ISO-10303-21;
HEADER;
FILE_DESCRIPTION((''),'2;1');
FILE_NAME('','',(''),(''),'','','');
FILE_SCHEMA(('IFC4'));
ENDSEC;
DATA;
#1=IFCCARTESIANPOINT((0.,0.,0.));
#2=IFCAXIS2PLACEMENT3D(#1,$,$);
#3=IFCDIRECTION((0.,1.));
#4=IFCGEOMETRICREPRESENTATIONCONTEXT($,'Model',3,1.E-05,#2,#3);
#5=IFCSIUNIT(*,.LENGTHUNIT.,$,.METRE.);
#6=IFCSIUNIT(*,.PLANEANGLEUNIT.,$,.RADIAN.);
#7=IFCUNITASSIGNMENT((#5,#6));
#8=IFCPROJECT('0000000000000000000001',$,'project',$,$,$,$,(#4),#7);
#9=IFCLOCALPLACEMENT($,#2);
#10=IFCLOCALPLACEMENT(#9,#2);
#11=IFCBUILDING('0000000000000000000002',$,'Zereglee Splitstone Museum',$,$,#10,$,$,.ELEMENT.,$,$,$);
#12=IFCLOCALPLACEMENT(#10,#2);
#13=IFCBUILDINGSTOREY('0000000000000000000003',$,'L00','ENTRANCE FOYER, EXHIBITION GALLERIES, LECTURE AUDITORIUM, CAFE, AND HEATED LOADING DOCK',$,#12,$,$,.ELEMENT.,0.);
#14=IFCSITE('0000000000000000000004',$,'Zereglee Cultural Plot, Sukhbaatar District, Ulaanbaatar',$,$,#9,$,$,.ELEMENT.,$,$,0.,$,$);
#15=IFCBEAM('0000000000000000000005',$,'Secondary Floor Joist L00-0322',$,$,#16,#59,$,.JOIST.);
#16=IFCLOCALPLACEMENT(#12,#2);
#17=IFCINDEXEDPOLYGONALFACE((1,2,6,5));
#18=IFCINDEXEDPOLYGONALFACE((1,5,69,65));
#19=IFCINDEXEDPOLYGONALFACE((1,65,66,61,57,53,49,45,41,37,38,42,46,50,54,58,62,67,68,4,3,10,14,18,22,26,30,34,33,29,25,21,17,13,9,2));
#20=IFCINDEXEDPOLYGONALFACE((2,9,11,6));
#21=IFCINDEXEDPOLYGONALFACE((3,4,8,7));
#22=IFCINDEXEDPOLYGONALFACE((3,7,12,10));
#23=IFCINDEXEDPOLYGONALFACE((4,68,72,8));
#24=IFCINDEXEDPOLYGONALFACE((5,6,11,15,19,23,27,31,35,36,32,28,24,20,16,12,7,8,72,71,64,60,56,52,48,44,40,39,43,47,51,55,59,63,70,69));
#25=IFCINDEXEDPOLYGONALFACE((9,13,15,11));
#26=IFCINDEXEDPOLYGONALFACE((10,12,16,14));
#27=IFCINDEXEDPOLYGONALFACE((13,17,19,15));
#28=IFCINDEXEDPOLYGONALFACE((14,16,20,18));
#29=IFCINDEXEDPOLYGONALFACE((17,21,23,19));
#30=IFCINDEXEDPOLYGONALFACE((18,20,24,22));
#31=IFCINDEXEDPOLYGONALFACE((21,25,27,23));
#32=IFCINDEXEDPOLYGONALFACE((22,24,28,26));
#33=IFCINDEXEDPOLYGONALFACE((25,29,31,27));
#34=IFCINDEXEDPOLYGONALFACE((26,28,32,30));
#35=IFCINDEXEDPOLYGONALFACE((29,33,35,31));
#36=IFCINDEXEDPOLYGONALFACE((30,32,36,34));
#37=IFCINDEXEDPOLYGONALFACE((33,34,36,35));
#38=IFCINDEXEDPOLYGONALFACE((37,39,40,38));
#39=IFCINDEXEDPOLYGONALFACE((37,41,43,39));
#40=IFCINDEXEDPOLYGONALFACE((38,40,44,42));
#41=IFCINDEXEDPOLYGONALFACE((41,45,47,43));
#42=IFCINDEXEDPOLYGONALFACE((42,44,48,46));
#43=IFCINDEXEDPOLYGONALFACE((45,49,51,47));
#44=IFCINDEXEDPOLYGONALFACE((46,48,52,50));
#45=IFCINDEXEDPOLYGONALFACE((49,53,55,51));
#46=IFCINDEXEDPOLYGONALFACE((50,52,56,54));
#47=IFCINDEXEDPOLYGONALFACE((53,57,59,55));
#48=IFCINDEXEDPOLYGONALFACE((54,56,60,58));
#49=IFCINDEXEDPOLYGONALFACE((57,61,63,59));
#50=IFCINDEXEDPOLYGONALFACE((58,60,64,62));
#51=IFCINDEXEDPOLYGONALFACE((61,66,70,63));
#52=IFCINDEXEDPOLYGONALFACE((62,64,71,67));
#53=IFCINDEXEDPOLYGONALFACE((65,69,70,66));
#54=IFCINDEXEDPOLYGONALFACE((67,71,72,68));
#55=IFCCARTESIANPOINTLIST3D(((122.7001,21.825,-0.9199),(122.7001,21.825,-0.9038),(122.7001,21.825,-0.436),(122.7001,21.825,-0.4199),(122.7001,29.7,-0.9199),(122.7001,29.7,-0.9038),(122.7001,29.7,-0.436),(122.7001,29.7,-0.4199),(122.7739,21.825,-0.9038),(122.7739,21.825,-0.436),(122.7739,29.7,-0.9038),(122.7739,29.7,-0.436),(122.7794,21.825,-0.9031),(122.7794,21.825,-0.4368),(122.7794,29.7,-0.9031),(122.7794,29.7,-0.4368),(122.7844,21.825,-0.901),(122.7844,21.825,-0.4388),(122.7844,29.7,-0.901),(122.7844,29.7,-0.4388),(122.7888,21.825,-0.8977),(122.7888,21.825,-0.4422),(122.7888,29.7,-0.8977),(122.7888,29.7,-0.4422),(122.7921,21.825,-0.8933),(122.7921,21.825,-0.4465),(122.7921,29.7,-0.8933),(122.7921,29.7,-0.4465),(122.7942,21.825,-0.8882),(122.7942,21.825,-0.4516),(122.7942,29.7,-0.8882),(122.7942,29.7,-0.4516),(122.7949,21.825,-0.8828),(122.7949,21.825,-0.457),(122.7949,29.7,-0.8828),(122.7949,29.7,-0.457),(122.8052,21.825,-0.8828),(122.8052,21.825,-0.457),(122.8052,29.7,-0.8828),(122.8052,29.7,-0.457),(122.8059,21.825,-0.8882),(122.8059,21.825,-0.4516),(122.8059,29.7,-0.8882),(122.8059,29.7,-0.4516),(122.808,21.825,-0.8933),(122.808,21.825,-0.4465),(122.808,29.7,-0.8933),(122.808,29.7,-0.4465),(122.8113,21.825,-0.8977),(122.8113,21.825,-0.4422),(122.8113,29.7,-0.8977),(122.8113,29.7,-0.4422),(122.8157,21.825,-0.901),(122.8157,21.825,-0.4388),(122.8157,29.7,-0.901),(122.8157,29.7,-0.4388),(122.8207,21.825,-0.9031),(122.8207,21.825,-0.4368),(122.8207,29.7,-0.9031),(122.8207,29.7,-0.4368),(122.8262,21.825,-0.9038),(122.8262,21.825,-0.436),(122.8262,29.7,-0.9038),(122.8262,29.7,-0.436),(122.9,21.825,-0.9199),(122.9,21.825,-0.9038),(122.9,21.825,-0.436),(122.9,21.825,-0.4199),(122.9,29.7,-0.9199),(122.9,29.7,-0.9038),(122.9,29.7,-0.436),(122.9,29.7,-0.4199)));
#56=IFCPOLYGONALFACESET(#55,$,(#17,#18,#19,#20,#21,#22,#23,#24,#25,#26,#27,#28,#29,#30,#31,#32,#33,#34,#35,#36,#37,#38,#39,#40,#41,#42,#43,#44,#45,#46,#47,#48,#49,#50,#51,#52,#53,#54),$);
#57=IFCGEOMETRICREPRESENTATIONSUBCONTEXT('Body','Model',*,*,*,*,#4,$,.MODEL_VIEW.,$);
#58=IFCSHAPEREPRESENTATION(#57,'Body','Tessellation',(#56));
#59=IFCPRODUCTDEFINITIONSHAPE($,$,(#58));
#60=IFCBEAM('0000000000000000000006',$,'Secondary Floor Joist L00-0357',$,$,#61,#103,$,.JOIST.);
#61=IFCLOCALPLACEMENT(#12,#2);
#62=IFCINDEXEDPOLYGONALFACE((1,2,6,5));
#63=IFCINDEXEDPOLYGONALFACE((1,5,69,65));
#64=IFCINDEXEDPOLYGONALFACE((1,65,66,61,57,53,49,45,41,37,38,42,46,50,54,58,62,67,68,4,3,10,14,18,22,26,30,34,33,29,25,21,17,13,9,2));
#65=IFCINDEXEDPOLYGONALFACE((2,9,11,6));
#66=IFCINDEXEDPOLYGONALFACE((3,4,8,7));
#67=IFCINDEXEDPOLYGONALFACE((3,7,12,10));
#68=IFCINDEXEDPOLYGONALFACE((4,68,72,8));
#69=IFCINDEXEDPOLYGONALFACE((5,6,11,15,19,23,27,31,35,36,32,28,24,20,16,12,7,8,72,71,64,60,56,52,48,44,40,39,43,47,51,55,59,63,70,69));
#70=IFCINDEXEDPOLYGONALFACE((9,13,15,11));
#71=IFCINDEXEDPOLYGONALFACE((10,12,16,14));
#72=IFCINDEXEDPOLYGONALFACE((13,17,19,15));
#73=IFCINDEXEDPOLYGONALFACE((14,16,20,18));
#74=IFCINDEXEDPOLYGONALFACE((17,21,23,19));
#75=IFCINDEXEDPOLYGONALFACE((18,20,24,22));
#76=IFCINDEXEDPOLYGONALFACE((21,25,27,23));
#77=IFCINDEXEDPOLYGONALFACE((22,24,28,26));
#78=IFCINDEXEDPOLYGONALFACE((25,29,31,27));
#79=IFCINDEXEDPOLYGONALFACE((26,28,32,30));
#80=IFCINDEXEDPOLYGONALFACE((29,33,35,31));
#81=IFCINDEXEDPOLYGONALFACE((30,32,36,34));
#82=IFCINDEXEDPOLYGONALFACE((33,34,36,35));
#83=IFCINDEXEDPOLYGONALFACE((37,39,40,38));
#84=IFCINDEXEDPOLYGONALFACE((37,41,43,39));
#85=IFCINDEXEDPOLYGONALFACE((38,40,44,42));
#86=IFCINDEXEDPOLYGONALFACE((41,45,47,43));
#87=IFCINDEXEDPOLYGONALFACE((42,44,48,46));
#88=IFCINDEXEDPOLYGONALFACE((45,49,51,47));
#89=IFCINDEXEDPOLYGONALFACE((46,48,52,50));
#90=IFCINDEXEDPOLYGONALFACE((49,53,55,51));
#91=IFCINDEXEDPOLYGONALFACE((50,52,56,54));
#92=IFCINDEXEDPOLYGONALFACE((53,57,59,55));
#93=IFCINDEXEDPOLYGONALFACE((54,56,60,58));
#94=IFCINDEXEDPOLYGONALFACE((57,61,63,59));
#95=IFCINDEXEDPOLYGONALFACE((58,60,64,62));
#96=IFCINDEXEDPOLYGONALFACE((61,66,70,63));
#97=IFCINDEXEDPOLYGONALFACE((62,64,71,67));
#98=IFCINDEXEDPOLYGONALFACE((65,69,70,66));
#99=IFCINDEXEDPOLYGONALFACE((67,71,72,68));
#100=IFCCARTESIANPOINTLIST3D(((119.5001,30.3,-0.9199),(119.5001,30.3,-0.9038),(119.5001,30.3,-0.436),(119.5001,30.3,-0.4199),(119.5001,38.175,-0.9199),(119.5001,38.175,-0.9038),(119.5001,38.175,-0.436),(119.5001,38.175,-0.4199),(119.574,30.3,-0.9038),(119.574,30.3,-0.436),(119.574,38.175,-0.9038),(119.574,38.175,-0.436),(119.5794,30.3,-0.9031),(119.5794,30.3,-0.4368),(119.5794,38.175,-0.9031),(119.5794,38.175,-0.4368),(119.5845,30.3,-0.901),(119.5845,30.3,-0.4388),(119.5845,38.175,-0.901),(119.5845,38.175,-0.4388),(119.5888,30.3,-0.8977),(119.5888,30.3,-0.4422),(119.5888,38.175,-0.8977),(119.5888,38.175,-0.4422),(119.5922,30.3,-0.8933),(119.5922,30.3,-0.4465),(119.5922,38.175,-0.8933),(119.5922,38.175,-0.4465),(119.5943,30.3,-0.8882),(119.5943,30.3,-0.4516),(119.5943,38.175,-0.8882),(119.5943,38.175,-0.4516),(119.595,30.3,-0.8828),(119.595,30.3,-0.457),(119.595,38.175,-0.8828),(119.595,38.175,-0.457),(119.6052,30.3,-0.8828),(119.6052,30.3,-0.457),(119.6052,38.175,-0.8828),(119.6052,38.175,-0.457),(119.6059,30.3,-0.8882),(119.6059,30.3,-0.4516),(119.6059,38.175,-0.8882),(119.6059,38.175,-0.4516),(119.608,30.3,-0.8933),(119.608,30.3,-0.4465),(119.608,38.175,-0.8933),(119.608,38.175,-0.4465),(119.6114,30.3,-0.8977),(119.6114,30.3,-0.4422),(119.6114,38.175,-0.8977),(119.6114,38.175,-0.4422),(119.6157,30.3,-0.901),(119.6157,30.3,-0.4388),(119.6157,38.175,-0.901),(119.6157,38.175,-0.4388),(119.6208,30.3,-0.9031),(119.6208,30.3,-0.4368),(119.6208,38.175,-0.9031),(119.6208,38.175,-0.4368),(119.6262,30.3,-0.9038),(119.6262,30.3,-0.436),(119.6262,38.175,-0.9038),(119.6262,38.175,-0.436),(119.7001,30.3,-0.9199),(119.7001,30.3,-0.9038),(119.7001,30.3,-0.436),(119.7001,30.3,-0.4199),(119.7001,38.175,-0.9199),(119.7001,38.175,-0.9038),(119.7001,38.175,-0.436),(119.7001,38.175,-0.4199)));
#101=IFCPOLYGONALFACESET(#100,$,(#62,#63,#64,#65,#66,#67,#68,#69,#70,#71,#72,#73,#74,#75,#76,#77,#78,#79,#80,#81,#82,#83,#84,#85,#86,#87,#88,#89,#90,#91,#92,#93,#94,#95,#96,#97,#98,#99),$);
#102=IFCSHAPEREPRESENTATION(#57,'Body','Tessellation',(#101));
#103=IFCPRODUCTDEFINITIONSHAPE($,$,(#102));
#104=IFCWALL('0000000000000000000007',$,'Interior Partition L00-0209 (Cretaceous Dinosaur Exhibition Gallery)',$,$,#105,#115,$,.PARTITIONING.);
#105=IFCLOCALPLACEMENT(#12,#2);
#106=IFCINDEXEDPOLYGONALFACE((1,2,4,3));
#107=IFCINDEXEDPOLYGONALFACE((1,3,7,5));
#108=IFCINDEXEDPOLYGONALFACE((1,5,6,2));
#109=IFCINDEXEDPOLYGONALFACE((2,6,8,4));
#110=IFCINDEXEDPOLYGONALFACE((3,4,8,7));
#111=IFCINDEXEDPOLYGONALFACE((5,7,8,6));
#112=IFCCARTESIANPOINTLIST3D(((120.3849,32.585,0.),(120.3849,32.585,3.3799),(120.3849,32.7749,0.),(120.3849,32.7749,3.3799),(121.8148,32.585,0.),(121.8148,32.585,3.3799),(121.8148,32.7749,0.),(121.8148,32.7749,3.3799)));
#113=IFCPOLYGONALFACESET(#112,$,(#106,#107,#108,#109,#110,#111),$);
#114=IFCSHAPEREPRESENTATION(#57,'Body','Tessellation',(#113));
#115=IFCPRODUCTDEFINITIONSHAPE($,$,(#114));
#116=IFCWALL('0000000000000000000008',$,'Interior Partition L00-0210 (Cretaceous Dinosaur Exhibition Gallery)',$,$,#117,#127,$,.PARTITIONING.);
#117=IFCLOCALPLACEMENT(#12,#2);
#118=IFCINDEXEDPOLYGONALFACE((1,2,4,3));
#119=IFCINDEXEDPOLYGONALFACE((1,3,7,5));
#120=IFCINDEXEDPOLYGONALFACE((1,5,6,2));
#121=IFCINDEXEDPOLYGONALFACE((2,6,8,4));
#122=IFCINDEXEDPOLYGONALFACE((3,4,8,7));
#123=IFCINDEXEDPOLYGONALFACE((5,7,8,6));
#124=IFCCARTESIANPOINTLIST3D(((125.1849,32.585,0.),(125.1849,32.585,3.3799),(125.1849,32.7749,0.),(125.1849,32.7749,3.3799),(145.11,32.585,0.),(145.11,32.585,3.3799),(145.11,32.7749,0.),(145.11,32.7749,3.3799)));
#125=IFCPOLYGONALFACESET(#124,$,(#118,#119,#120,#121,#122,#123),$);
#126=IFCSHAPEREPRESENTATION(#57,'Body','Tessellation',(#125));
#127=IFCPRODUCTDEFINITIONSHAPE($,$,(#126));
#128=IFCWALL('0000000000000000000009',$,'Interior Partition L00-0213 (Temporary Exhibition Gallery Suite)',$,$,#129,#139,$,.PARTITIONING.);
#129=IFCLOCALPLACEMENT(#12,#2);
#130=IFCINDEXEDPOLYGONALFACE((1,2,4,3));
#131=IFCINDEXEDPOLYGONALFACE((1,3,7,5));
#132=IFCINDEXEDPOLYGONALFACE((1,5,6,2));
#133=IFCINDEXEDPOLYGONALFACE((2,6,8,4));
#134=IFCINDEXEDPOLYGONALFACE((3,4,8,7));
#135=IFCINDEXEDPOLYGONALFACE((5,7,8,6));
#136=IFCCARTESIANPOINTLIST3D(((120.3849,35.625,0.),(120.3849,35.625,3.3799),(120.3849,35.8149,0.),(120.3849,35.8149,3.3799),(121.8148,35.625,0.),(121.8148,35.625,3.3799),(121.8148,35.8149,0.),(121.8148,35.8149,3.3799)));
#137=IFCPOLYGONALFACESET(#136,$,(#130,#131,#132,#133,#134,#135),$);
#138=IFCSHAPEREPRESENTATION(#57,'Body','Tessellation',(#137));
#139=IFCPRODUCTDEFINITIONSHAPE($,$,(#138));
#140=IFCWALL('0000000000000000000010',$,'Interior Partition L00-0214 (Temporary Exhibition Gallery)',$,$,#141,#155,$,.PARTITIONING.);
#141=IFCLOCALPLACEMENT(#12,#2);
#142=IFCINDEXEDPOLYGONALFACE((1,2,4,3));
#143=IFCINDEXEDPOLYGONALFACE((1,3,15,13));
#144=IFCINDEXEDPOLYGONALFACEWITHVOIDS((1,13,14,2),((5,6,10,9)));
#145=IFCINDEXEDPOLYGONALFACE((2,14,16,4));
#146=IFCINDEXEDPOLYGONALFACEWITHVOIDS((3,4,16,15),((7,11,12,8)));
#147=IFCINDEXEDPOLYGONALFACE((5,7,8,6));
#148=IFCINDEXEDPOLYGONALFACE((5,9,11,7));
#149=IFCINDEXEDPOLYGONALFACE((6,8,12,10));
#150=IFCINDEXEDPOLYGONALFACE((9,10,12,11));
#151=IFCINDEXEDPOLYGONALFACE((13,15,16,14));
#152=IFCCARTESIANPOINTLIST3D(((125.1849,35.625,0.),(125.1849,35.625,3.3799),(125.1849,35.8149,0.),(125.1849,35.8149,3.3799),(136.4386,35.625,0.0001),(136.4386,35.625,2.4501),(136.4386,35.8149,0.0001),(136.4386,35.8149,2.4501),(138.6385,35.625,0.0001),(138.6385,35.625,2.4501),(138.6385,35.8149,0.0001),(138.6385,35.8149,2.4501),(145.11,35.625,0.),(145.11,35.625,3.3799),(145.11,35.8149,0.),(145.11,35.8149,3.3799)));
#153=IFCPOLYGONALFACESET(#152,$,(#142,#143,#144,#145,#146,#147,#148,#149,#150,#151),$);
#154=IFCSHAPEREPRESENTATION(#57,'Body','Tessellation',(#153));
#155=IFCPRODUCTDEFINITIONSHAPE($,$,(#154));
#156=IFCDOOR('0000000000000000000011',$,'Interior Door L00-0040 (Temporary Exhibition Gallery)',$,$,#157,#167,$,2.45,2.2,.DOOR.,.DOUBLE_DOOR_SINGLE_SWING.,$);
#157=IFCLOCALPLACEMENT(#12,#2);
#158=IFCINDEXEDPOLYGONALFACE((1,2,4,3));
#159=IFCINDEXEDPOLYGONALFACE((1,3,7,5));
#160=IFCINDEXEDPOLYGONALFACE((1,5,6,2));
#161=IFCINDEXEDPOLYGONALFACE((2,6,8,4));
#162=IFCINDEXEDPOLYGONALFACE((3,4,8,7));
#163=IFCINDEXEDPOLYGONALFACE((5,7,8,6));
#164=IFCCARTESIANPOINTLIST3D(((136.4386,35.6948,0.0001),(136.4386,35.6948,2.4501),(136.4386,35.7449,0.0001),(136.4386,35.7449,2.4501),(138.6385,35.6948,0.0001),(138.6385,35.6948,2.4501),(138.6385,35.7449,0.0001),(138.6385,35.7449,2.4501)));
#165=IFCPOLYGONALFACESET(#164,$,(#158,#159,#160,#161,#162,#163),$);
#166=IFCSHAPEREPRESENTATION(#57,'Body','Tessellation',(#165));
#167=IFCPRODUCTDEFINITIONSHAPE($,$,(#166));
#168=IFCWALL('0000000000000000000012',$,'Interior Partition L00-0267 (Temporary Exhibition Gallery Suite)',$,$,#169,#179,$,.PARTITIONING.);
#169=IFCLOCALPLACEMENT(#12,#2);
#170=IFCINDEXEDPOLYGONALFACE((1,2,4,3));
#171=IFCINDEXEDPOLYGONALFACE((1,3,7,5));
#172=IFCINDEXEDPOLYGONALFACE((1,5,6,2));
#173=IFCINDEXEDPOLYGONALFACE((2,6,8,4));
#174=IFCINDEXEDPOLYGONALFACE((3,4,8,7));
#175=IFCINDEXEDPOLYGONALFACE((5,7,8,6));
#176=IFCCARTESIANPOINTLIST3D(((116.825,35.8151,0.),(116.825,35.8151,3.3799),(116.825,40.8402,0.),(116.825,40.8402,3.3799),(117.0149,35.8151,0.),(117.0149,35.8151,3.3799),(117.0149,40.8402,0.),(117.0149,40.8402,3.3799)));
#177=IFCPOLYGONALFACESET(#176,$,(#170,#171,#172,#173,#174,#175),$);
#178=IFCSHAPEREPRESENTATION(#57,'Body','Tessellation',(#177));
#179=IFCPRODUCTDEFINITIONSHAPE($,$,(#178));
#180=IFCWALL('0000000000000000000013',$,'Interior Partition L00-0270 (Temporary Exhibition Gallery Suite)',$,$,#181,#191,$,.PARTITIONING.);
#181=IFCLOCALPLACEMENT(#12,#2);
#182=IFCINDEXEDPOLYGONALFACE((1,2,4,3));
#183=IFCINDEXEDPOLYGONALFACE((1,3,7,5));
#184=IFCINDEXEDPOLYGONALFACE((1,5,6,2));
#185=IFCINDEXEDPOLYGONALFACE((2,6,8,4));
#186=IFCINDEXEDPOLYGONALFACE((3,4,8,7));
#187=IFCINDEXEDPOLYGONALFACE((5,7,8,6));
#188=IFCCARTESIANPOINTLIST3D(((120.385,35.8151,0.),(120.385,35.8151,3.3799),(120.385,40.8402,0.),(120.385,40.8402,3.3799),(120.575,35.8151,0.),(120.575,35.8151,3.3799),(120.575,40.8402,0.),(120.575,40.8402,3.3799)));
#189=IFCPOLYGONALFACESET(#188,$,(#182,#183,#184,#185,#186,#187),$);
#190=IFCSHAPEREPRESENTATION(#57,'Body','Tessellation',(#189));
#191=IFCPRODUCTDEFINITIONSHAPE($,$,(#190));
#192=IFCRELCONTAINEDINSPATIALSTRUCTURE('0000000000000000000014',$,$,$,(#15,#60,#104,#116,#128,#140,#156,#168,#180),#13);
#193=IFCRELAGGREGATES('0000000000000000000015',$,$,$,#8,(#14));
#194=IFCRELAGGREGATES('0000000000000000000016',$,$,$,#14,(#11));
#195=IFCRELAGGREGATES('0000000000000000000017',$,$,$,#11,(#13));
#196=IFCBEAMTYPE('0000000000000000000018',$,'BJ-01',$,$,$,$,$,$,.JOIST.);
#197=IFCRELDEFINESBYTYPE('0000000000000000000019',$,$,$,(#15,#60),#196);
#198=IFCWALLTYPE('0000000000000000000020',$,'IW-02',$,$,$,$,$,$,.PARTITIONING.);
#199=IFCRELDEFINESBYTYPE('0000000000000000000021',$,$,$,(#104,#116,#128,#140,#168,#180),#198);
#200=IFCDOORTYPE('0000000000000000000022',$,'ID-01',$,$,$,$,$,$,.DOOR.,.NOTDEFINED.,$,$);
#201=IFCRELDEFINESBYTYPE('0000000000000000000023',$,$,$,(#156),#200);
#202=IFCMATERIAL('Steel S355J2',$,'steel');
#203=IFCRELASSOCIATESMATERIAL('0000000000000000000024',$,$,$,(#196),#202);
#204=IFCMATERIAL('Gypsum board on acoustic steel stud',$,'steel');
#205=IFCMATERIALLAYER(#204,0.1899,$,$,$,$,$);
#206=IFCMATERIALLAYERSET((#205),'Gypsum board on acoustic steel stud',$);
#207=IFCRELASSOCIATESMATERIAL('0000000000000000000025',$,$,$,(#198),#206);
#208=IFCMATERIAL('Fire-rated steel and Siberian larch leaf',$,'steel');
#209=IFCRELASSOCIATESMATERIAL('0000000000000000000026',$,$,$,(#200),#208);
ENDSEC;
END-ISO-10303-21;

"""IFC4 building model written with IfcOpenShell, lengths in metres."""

from ifc_helpers import new_model, si_unit, direction, frame, frame_2d, origin, origin_2d, place, context, subcontext, project, spatial, rectangle, i_section, extrude, material, layer, layer_set, material_profile, profile_set, type_object, element, fill, save


model = new_model("IFC4")

# Units and contexts
model_context = context("Model", 3, precision=1e-05, world=origin(), true_north=direction((0.0, 1.0)))
body_context = subcontext(model_context, "Body", "Model", "MODEL_VIEW")
ifc_project = project(units=[si_unit("LENGTHUNIT", "METRE"), si_unit("PLANEANGLEUNIT", "RADIAN")], contexts=[model_context])

# Site, building, storey
site_placement = place(None, origin())
site = spatial("IfcSite", under=ifc_project, at=site_placement, Name="Zereglee Cultural Plot, Sukhbaatar District, Ulaanbaatar", CompositionType="ELEMENT", RefElevation=0.0)
building_placement = place(site_placement, origin())
building = spatial("IfcBuilding", under=site, at=building_placement, Name="Zereglee Splitstone Museum", CompositionType="ELEMENT")
storey_placement = place(building_placement, origin())
storey = spatial("IfcBuildingStorey", under=building, at=storey_placement, Name="L00", Description="ENTRANCE FOYER, EXHIBITION GALLERIES, LECTURE AUDITORIUM, CAFE, AND HEATED LOADING DOCK", CompositionType="ELEMENT", Elevation=0.0)

# Beams
ifc_material_1 = material(Name="Steel S355J2", Category="steel")
ifc_material_profile_1 = material_profile(ifc_material_1, i_section(OverallWidth=0.2, OverallDepth=0.5, WebThickness=0.0103, FlangeThickness=0.0161, FilletRadius=0.021, at=origin_2d()), Name="IPE 500")
ifc_profile_set_1 = profile_set([ifc_material_profile_1], Name="Steel S355J2")
beam_type_1 = type_object("IfcBeamType", Name="BJ-01", PredefinedType="JOIST", material=ifc_profile_set_1)
for number, where, z_axis, x_axis, name in (
    (1, (122.8, 21.825, -0.6699), (0.0, 1.0, 0.0), (-1.0, 0.0, 0.0), "Secondary Floor Joist L00-0322"),
    (2, (119.6001, 30.3, -0.6699), (0.0, 1.0, 0.0), (-1.0, 0.0, 0.0), "Secondary Floor Joist L00-0357"),
):
    element("IfcBeam", number, at=place(storey_placement, frame(where, z_axis=z_axis, x_axis=x_axis)), inside=storey, type_object=beam_type_1, Name=name, PredefinedType="JOIST", context=body_context, shape_type="SweptSolid", body=[
        extrude(i_section(OverallWidth=0.2, OverallDepth=0.5, WebThickness=0.0103, FlangeThickness=0.0161, FilletRadius=0.021, at=origin_2d()), origin(), (0.0, 0.0, 1.0), 7.875),
    ])

# Walls
ifc_material_2 = material(Name="Gypsum board on acoustic steel stud", Category="steel")
ifc_layer = layer(ifc_material_2, 0.1899)
ifc_layer_set = layer_set([ifc_layer], Name="Gypsum board on acoustic steel stud")
wall_type = type_object("IfcWallType", Name="IW-02", PredefinedType="PARTITIONING", material=ifc_layer_set)
wall_1_placement = place(storey_placement, frame((120.385, 32.6799, 0.0), z_axis=(0.0, 0.0, 1.0), x_axis=(1.0, 0.0, 0.0)))
element("IfcWall", 3, at=wall_1_placement, inside=storey, type_object=wall_type, Name="Interior Partition L00-0209 (Cretaceous Dinosaur Exhibition Gallery)", PredefinedType="PARTITIONING", context=body_context, shape_type="SweptSolid", body=[
    extrude(rectangle(XDim=1.4299, YDim=0.1899, at=frame_2d((0.7148, 0.0))), origin(), (0.0, 0.0, 1.0), 3.3799),
])
wall_2_placement = place(storey_placement, frame((125.1851, 32.6799, 0.0), z_axis=(0.0, 0.0, 1.0), x_axis=(1.0, 0.0, 0.0)))
element("IfcWall", 4, at=wall_2_placement, inside=storey, type_object=wall_type, Name="Interior Partition L00-0210 (Cretaceous Dinosaur Exhibition Gallery)", PredefinedType="PARTITIONING", context=body_context, shape_type="SweptSolid", body=[
    extrude(rectangle(XDim=19.925, YDim=0.1899, at=frame_2d((9.9624, 0.0))), origin(), (0.0, 0.0, 1.0), 3.3799),
])
wall_3_placement = place(storey_placement, frame((120.385, 35.72, 0.0), z_axis=(0.0, 0.0, 1.0), x_axis=(1.0, 0.0, 0.0)))
element("IfcWall", 5, at=wall_3_placement, inside=storey, type_object=wall_type, Name="Interior Partition L00-0213 (Temporary Exhibition Gallery Suite)", PredefinedType="PARTITIONING", context=body_context, shape_type="SweptSolid", body=[
    extrude(rectangle(XDim=1.4299, YDim=0.1899, at=frame_2d((0.7148, 0.0))), origin(), (0.0, 0.0, 1.0), 3.3799),
])

# Wall, opening, door
wall_4_placement = place(storey_placement, frame((125.1851, 35.72, 0.0), z_axis=(0.0, 0.0, 1.0), x_axis=(1.0, 0.0, 0.0)))
wall_4 = element("IfcWall", 6, at=wall_4_placement, inside=storey, type_object=wall_type, Name="Interior Partition L00-0214 (Temporary Exhibition Gallery)", PredefinedType="PARTITIONING", context=body_context, shape_type="SweptSolid", body=[
    extrude(rectangle(XDim=19.925, YDim=0.1899, at=frame_2d((9.9624, 0.0))), origin(), (0.0, 0.0, 1.0), 3.3799),
])
opening_placement = place(wall_4_placement, frame((11.2534, 0.0, 0.0)))
opening = element("IfcOpeningElement", 7, at=opening_placement, cuts=wall_4, PredefinedType="OPENING", context=body_context, shape_type="SweptSolid", body=[
    extrude(rectangle(XDim=2.2, YDim=2.45, at=frame_2d((1.1001, 1.2251))), frame((0.0, 0.1099, 0.0), z_axis=(0.0, -1.0, 0.0), x_axis=(1.0, 0.0, 0.0)), (0.0, 0.0, 1.0), 0.2197),
])
ifc_material_3 = material(Name="Fire-rated steel and Siberian larch leaf", Category="steel")
door_type = type_object("IfcDoorType", Name="ID-01", OperationType="NOTDEFINED", PredefinedType="DOOR", material=ifc_material_3)
door_placement = place(opening_placement, origin())
door = element("IfcDoor", 8, at=door_placement, inside=storey, type_object=door_type, Name="Interior Door L00-0040 (Temporary Exhibition Gallery)", OperationType="DOUBLE_DOOR_SINGLE_SWING", OverallHeight=2.45, OverallWidth=2.2, PredefinedType="DOOR", context=body_context, shape_type="SweptSolid", body=[
    extrude(rectangle(XDim=2.2, YDim=2.45, at=frame_2d((1.1001, 1.2251))), frame((0.0, 0.0249, 0.0), z_axis=(0.0, -1.0, 0.0), x_axis=(1.0, 0.0, 0.0)), (0.0, 0.0, 1.0), 0.05),
])
fill(opening, door)

# Walls
for number, where, z_axis, x_axis, name in (
    (9, (116.9199, 35.8149, 0.0), (0.0, 0.0, 1.0), (0.0, 1.0, 0.0), "Interior Partition L00-0267 (Temporary Exhibition Gallery Suite)"),
    (10, (120.48, 35.8149, 0.0), (0.0, 0.0, 1.0), (0.0, 1.0, 0.0), "Interior Partition L00-0270 (Temporary Exhibition Gallery Suite)"),
):
    element("IfcWall", number, at=place(storey_placement, frame(where, z_axis=z_axis, x_axis=x_axis)), inside=storey, type_object=wall_type, Name=name, PredefinedType="PARTITIONING", context=body_context, shape_type="SweptSolid", body=[
        extrude(rectangle(XDim=5.0251, YDim=0.1899, at=frame_2d((2.5127, 0.0))), origin(), (0.0, 0.0, 1.0), 3.3799),
    ])

save(model, "model.ifc")
